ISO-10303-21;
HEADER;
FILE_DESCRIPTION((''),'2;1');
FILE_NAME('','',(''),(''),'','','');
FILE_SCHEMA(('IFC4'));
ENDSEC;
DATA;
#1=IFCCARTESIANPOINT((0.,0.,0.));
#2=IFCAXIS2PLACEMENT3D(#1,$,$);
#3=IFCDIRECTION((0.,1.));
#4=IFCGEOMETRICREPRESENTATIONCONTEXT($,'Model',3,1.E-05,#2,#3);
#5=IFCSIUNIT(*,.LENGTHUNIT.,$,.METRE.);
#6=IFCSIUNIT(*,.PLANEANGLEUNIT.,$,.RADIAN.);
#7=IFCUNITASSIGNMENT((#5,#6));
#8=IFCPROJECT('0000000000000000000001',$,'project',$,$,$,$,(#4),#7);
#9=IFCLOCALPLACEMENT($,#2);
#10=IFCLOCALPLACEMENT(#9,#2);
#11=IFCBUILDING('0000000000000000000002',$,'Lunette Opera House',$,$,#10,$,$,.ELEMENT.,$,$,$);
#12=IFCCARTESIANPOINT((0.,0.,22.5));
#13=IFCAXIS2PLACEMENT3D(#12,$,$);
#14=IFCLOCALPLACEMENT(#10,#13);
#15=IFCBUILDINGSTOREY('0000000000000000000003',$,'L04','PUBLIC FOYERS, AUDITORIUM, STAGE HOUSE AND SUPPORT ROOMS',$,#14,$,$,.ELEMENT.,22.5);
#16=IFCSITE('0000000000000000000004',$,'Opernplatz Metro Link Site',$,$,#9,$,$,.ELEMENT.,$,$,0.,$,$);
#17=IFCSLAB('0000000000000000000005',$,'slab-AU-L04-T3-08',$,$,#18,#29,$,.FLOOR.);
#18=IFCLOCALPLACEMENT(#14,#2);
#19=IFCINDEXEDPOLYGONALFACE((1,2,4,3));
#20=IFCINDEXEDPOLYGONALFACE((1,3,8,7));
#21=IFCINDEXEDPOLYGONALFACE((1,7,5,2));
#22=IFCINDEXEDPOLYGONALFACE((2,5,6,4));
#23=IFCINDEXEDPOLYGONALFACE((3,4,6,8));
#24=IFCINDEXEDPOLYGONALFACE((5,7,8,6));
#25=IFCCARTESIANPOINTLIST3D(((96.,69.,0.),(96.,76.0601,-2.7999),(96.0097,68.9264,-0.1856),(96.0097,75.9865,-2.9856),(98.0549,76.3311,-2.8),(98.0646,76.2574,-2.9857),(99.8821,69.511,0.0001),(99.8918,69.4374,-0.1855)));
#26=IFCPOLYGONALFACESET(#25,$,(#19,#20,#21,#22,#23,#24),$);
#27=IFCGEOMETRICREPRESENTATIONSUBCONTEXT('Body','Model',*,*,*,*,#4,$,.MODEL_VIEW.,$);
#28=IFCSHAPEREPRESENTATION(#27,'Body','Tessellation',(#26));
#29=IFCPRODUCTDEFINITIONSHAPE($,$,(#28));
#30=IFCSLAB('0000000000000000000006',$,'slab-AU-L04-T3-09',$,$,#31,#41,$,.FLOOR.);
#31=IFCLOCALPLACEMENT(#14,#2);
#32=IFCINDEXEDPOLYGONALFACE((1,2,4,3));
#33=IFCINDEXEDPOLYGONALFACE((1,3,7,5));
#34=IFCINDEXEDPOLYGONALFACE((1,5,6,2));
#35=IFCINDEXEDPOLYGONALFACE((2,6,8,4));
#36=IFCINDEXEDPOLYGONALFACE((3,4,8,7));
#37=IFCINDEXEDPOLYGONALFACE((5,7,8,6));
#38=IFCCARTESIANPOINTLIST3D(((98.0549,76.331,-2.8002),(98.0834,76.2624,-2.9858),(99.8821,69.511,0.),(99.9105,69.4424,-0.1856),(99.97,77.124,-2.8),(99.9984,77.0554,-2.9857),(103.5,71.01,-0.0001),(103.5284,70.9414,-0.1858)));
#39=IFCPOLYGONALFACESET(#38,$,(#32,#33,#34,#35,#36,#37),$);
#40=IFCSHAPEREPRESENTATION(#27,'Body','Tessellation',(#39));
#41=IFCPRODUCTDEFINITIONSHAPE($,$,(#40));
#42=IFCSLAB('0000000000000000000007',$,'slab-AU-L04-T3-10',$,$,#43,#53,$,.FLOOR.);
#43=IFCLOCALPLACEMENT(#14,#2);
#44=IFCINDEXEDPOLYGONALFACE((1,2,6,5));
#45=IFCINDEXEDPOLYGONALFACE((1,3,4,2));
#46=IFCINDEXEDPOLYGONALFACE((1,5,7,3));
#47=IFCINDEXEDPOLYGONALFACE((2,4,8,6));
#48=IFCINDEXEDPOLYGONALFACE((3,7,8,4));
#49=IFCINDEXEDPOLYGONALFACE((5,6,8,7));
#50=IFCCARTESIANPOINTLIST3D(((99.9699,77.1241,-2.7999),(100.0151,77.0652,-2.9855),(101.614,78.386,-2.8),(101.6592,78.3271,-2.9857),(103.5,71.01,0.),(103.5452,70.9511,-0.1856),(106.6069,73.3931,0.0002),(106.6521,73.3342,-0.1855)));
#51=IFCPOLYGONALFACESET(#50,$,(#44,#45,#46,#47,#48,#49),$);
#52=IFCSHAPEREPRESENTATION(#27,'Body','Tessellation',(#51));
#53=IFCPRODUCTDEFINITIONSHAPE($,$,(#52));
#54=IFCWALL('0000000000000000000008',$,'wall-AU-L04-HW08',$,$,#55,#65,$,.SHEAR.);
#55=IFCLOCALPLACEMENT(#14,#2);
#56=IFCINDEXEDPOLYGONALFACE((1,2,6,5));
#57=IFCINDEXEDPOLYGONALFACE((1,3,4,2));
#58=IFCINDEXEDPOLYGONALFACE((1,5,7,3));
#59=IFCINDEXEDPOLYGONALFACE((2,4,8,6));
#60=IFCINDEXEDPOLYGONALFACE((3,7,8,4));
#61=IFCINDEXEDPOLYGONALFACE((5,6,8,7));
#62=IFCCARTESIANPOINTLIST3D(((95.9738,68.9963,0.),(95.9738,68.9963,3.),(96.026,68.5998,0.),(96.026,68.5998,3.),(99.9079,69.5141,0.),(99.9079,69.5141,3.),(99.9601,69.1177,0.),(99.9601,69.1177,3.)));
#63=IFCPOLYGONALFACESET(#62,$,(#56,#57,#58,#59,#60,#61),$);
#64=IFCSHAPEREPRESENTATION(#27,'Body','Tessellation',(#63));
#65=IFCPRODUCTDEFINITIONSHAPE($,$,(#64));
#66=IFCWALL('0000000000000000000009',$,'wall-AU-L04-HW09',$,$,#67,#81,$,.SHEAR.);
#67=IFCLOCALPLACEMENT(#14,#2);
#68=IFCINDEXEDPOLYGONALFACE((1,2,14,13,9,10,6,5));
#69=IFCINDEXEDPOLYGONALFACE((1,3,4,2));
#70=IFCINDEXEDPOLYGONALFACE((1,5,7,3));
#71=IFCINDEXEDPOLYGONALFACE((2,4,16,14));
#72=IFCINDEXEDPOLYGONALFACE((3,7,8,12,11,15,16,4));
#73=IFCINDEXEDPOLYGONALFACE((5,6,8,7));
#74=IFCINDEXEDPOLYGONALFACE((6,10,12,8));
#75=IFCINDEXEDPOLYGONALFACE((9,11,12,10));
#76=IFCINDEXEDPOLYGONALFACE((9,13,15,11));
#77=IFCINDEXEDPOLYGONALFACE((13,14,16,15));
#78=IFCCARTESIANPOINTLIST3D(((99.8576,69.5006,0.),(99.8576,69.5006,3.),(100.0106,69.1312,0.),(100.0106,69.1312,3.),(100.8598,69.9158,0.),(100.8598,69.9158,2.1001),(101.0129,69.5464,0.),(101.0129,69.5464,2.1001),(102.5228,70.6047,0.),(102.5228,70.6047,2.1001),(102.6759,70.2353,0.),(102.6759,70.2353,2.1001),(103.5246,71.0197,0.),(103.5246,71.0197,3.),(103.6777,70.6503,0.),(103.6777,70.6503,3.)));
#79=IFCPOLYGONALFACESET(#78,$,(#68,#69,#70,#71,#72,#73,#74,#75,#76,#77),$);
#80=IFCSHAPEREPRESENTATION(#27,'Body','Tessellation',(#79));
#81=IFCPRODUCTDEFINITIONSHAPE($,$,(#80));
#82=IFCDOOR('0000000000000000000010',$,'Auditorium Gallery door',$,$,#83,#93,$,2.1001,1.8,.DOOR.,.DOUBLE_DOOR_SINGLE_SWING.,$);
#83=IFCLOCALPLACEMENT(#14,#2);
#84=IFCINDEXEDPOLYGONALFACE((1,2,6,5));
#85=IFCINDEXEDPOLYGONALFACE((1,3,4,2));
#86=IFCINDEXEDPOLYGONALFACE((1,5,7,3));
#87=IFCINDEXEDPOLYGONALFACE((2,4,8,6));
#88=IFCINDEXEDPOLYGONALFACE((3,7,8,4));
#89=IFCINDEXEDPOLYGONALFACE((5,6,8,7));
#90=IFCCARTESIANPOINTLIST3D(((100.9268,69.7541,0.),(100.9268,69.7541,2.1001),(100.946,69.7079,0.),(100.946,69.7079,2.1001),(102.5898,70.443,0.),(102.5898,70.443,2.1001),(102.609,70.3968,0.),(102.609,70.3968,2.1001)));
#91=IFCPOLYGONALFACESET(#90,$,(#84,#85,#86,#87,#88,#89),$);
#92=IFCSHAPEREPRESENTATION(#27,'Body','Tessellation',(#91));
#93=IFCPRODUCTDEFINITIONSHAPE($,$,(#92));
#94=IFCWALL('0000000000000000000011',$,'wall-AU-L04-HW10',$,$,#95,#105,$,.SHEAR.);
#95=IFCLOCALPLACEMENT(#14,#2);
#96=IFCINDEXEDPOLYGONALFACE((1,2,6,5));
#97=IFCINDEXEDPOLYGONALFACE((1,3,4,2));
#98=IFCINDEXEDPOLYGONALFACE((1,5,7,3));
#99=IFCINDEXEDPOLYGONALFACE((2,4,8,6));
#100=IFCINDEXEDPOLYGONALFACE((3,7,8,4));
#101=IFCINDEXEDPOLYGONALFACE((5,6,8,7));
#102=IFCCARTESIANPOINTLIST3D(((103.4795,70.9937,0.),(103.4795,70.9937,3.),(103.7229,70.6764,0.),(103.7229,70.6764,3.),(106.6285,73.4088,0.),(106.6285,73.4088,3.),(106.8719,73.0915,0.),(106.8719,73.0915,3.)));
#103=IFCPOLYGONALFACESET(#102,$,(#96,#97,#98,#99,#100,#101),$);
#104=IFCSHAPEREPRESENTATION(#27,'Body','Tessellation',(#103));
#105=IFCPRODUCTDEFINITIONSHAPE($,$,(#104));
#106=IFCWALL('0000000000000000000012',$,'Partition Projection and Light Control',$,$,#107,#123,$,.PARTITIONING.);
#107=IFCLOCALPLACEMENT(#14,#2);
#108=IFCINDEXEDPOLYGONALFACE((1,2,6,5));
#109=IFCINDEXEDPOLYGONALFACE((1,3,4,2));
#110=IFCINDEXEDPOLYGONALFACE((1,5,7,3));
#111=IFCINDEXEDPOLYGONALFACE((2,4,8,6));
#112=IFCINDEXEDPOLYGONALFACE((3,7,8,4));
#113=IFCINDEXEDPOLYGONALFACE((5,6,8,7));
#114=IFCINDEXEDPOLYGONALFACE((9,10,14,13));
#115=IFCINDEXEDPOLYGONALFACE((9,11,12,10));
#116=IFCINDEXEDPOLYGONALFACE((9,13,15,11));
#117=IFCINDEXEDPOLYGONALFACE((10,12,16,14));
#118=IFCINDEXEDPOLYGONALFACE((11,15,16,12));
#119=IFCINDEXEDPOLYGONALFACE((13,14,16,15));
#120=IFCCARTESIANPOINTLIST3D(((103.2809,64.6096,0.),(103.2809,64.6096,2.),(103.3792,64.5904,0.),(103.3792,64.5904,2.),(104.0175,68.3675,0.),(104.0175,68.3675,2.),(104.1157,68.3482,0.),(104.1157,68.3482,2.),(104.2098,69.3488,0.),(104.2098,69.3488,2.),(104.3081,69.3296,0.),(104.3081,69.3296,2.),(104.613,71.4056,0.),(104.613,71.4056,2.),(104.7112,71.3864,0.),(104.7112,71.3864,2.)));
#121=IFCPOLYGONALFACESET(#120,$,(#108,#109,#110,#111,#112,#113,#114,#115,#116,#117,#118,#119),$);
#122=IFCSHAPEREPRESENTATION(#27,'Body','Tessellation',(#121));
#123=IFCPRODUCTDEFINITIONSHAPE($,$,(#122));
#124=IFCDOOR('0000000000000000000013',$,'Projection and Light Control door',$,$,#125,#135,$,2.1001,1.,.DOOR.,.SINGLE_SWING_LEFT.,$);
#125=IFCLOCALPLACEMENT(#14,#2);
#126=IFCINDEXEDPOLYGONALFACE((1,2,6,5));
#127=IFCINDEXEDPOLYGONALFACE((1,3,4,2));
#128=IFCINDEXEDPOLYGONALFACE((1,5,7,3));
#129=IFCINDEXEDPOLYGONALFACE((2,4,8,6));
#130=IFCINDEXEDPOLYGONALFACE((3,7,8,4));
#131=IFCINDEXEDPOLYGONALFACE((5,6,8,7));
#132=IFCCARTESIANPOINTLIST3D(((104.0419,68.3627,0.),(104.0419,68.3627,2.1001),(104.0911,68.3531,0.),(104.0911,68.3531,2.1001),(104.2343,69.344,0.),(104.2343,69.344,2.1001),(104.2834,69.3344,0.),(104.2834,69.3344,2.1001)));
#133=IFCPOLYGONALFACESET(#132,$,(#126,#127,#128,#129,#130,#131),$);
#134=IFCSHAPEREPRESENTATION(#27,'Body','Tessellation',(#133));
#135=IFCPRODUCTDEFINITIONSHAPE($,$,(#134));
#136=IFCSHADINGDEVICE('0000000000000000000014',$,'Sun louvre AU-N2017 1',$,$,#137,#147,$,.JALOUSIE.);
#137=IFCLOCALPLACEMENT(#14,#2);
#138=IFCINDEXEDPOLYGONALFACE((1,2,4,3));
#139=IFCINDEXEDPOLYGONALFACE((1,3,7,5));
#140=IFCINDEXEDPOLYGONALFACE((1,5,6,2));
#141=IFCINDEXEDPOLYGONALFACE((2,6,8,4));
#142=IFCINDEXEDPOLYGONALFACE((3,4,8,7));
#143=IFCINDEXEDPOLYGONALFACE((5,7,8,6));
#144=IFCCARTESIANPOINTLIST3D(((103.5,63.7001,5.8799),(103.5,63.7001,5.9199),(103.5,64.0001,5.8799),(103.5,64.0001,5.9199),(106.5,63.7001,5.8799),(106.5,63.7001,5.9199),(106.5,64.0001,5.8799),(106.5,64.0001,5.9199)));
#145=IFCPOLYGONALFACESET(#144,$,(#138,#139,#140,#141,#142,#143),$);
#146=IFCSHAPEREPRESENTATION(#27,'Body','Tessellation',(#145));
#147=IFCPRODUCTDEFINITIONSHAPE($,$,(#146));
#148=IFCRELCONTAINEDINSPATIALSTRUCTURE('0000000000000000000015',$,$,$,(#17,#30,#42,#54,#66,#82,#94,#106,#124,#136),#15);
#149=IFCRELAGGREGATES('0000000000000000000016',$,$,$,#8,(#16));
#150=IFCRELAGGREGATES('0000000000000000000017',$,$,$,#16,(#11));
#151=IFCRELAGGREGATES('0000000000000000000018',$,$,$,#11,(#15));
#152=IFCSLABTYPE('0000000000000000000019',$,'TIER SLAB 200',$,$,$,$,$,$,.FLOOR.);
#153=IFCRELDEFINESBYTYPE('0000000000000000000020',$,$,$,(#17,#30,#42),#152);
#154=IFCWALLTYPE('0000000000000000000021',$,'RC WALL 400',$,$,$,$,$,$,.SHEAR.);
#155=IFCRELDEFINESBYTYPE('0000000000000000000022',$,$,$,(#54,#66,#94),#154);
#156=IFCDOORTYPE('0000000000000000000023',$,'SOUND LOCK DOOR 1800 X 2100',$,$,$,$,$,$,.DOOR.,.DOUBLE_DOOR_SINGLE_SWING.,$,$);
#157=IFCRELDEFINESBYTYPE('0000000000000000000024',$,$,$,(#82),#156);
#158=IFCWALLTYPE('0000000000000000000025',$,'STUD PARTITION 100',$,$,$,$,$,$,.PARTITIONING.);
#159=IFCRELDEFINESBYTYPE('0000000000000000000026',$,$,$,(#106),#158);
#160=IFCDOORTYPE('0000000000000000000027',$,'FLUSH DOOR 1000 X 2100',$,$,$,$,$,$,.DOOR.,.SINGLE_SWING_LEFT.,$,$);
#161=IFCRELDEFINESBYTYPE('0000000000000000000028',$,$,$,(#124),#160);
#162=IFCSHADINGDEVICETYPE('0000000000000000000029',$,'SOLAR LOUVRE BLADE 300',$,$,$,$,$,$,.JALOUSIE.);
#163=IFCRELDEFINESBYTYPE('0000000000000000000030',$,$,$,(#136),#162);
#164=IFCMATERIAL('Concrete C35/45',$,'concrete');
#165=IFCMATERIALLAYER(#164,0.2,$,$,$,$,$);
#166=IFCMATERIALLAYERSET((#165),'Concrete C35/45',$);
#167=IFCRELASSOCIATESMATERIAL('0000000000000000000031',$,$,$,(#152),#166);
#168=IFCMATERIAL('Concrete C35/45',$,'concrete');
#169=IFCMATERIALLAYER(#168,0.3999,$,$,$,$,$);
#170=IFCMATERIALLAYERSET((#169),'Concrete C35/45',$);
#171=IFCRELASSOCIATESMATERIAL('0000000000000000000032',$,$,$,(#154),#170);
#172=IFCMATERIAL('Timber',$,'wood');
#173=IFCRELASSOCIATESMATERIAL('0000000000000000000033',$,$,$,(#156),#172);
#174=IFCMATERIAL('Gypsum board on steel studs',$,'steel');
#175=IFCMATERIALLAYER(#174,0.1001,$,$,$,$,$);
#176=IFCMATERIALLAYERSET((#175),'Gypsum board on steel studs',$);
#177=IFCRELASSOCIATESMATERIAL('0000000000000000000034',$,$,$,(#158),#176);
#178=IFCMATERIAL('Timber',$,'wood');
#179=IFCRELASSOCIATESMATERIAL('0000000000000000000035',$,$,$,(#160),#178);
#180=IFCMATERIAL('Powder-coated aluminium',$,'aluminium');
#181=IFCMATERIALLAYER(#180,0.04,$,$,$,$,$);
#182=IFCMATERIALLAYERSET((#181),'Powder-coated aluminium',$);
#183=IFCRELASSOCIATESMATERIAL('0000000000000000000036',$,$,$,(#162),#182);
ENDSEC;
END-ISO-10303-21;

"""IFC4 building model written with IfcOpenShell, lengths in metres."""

from ifc_helpers import new_model, si_unit, direction, frame, frame_2d, origin, origin_2d, place, context, subcontext, project, spatial, polyline, rectangle, outline, extrude, material, layer, layer_set, type_object, element, fill, save


model = new_model("IFC4")

# Units and contexts
model_context = context("Model", 3, precision=1e-05, world=origin(), true_north=direction((0.0, 1.0)))
body_context = subcontext(model_context, "Body", "Model", "MODEL_VIEW")
ifc_project = project(units=[si_unit("LENGTHUNIT", "METRE"), si_unit("PLANEANGLEUNIT", "RADIAN")], contexts=[model_context])

# Site, building, storey
site_placement = place(None, origin())
site = spatial("IfcSite", under=ifc_project, at=site_placement, Name="Opernplatz Metro Link Site", CompositionType="ELEMENT", RefElevation=0.0)
building_placement = place(site_placement, origin())
building = spatial("IfcBuilding", under=site, at=building_placement, Name="Lunette Opera House", CompositionType="ELEMENT")
storey_placement = place(building_placement, frame((0.0, 0.0, 22.5)))
storey = spatial("IfcBuildingStorey", under=building, at=storey_placement, Name="L04", Description="PUBLIC FOYERS, AUDITORIUM, STAGE HOUSE AND SUPPORT ROOMS", CompositionType="ELEMENT", Elevation=22.5)

# Slabs
ifc_material_1 = material(Name="Concrete C35/45", Category="concrete")
ifc_layer_1 = layer(ifc_material_1, 0.2)
ifc_layer_set_1 = layer_set([ifc_layer_1], Name="Concrete C35/45")
slab_type_1 = type_object("IfcSlabType", Name="TIER SLAB 200", PredefinedType="FLOOR", material=ifc_layer_set_1)
slab_1_placement = place(storey_placement, frame((96.0, 69.0, 0.0), z_axis=(-0.048499, 0.368219, 0.928473), x_axis=(0.991447, 0.130513, 0.000029)))
element("IfcSlab", 1, at=slab_1_placement, inside=storey, type_object=slab_type_1, Name="slab-AU-L04-T3-08", PredefinedType="FLOOR", context=body_context, shape_type="SweptSolid", body=[
    extrude(outline(polyline([(0.0, 0.0), (3.9156, 0.0), (2.9941, 7.5394), (0.9213, 7.539), (0.0, 0.0)])), origin(), (0.0, 0.0, -1.0), 0.2),
])
slab_2_placement = place(storey_placement, frame((99.8821, 69.511, 0.0), z_axis=(-0.142139, 0.343129, 0.928471), x_axis=(0.923845, 0.382768, -0.000026)))
element("IfcSlab", 2, at=slab_2_placement, inside=storey, type_object=slab_type_1, Name="slab-AU-L04-T3-09", PredefinedType="FLOOR", context=body_context, shape_type="SweptSolid", body=[
    extrude(outline(polyline([(0.0, 0.0), (3.9162, 0.0), (2.9953, 7.5389), (0.9226, 7.5393), (0.0, 0.0)])), origin(), (0.0, 0.0, -1.0), 0.2),
])
slab_3_placement = place(storey_placement, frame((103.5, 71.01, 0.0), z_axis=(-0.226069, 0.294661, 0.928476), x_axis=(0.793463, 0.608618, 0.000044)))
element("IfcSlab", 3, at=slab_3_placement, inside=storey, type_object=slab_type_1, Name="slab-AU-L04-T3-10", PredefinedType="FLOOR", context=body_context, shape_type="SweptSolid", body=[
    extrude(outline(polyline([(0.0, 0.0), (3.9156, 0.0), (2.9926, 7.5397), (0.92, 7.539), (0.0, 0.0)])), origin(), (0.0, 0.0, -1.0), 0.2),
])

# Wall
ifc_material_2 = material(Name="Concrete C35/45", Category="concrete")
ifc_layer_2 = layer(ifc_material_2, 0.3999)
ifc_layer_set_2 = layer_set([ifc_layer_2], Name="Concrete C35/45")
wall_type_1 = type_object("IfcWallType", Name="RC WALL 400", PredefinedType="SHEAR", material=ifc_layer_set_2)
wall_1_placement = place(storey_placement, frame((96.0, 68.7981, 0.0), z_axis=(0.0, 0.0, 1.0), x_axis=(0.991448, 0.130499, 0.0)))
element("IfcWall", 4, at=wall_1_placement, inside=storey, type_object=wall_type_1, Name="wall-AU-L04-HW08", PredefinedType="SHEAR", context=body_context, shape_type="SweptSolid", body=[
    extrude(rectangle(XDim=3.968, YDim=0.3999, at=frame_2d((1.9839, 0.0))), origin(), (0.0, 0.0, 1.0), 3.0),
])

# Wall, opening, door
wall_2_placement = place(storey_placement, frame((99.9341, 69.3159, 0.0), z_axis=(0.0, 0.0, 1.0), x_axis=(0.923868, 0.38271, 0.0)))
wall_2 = element("IfcWall", 5, at=wall_2_placement, inside=storey, type_object=wall_type_1, Name="wall-AU-L04-HW09", PredefinedType="SHEAR", context=body_context, shape_type="SweptSolid", body=[
    extrude(rectangle(XDim=3.9692, YDim=0.3999, at=frame_2d((1.9846, 0.0))), origin(), (0.0, 0.0, 1.0), 3.0),
])
opening_1_placement = place(wall_2_placement, frame((1.085, 0.0, 0.0)))
opening_1 = element("IfcOpeningElement", 6, at=opening_1_placement, cuts=wall_2, PredefinedType="OPENING", context=body_context, shape_type="SweptSolid", body=[
    extrude(rectangle(XDim=1.8, YDim=2.1001, at=frame_2d((0.8999, 1.05))), frame((0.0, 0.2119, 0.0), z_axis=(0.0, -1.0, 0.0), x_axis=(1.0, 0.0, 0.0)), (0.0, 0.0, 1.0), 0.4238),
])
ifc_material_3 = material(Name="Timber", Category="wood")
door_type_1 = type_object("IfcDoorType", Name="SOUND LOCK DOOR 1800 X 2100", OperationType="DOUBLE_DOOR_SINGLE_SWING", PredefinedType="DOOR", material=ifc_material_3)
door_1_placement = place(opening_1_placement, origin())
door_1 = element("IfcDoor", 7, at=door_1_placement, inside=storey, type_object=door_type_1, Name="Auditorium Gallery door", OperationType="DOUBLE_DOOR_SINGLE_SWING", OverallHeight=2.1001, OverallWidth=1.8, PredefinedType="DOOR", context=body_context, shape_type="SweptSolid", body=[
    extrude(rectangle(XDim=1.8, YDim=2.1001, at=frame_2d((0.8999, 1.05))), frame((0.0, 0.0249, 0.0), z_axis=(0.0, -1.0, 0.0), x_axis=(1.0, 0.0, 0.0)), (0.0, 0.0, 1.0), 0.05),
])
fill(opening_1, door_1)

# Wall
wall_3_placement = place(storey_placement, frame((103.6011, 70.835, 0.0), z_axis=(0.0, 0.0, 1.0), x_axis=(0.793501, 0.608568, 0.0)))
element("IfcWall", 8, at=wall_3_placement, inside=storey, type_object=wall_type_1, Name="wall-AU-L04-HW10", PredefinedType="SHEAR", context=body_context, shape_type="SweptSolid", body=[
    extrude(rectangle(XDim=3.9685, YDim=0.3999, at=frame_2d((1.9844, 0.0))), origin(), (0.0, 0.0, 1.0), 3.0),
])

# Wall, opening, door
ifc_material_4 = material(Name="Gypsum board on steel studs", Category="steel")
ifc_layer_3 = layer(ifc_material_4, 0.1001)
ifc_layer_set_3 = layer_set([ifc_layer_3], Name="Gypsum board on steel studs")
wall_type_2 = type_object("IfcWallType", Name="STUD PARTITION 100", PredefinedType="PARTITIONING", material=ifc_layer_set_3)
wall_4_placement = place(storey_placement, frame((104.6621, 71.396, 0.0), z_axis=(0.0, 0.0, 1.0), x_axis=(-0.192345, -0.981327, 0.0)))
wall_4 = element("IfcWall", 9, at=wall_4_placement, inside=storey, type_object=wall_type_2, Name="Partition Projection and Light Control", PredefinedType="PARTITIONING", context=body_context, shape_type="SweptSolid", body=[
    extrude(rectangle(XDim=6.9253, YDim=0.1001, at=frame_2d((3.4626, 0.0))), origin(), (0.0, 0.0, 1.0), 2.0),
])
opening_2_placement = place(wall_4_placement, frame((2.0959, 0.0, 0.0)))
opening_2 = element("IfcOpeningElement", 10, at=opening_2_placement, cuts=wall_4, PredefinedType="OPENING", context=body_context, shape_type="SweptSolid", body=[
    extrude(rectangle(XDim=1.0, YDim=2.1001, at=frame_2d((0.5, 1.05))), frame((0.0, 0.062, 0.0), z_axis=(0.0, -1.0, 0.0), x_axis=(1.0, 0.0, 0.0)), (0.0, 0.0, 1.0), 0.124),
])
ifc_material_5 = material(Name="Timber", Category="wood")
door_type_2 = type_object("IfcDoorType", Name="FLUSH DOOR 1000 X 2100", OperationType="SINGLE_SWING_LEFT", PredefinedType="DOOR", material=ifc_material_5)
door_2_placement = place(opening_2_placement, origin())
door_2 = element("IfcDoor", 11, at=door_2_placement, inside=storey, type_object=door_type_2, Name="Projection and Light Control door", OperationType="SINGLE_SWING_LEFT", OverallHeight=2.1001, OverallWidth=1.0, PredefinedType="DOOR", context=body_context, shape_type="SweptSolid", body=[
    extrude(rectangle(XDim=1.0, YDim=2.1001, at=frame_2d((0.5, 1.05))), frame((0.0, 0.0249, 0.0), z_axis=(0.0, -1.0, 0.0), x_axis=(1.0, 0.0, 0.0)), (0.0, 0.0, 1.0), 0.05),
])
fill(opening_2, door_2)

# Shading device
ifc_material_6 = material(Name="Powder-coated aluminium", Category="aluminium")
ifc_layer_4 = layer(ifc_material_6, 0.04)
ifc_layer_set_4 = layer_set([ifc_layer_4], Name="Powder-coated aluminium")
shading_device_type = type_object("IfcShadingDeviceType", Name="SOLAR LOUVRE BLADE 300", PredefinedType="JALOUSIE", material=ifc_layer_set_4)
shading_device_placement = place(storey_placement, frame((105.0, 63.8501, 5.8799), z_axis=(0.0, 0.0, 1.0), x_axis=(0.0, -1.0, 0.0)))
element("IfcShadingDevice", 12, at=shading_device_placement, inside=storey, type_object=shading_device_type, Name="Sun louvre AU-N2017 1", PredefinedType="JALOUSIE", context=body_context, shape_type="SweptSolid", body=[
    extrude(rectangle(XDim=0.3, YDim=3.0, at=origin_2d()), origin(), (0.0, 0.0, 1.0), 0.04),
])

save(model, "model.ifc")
